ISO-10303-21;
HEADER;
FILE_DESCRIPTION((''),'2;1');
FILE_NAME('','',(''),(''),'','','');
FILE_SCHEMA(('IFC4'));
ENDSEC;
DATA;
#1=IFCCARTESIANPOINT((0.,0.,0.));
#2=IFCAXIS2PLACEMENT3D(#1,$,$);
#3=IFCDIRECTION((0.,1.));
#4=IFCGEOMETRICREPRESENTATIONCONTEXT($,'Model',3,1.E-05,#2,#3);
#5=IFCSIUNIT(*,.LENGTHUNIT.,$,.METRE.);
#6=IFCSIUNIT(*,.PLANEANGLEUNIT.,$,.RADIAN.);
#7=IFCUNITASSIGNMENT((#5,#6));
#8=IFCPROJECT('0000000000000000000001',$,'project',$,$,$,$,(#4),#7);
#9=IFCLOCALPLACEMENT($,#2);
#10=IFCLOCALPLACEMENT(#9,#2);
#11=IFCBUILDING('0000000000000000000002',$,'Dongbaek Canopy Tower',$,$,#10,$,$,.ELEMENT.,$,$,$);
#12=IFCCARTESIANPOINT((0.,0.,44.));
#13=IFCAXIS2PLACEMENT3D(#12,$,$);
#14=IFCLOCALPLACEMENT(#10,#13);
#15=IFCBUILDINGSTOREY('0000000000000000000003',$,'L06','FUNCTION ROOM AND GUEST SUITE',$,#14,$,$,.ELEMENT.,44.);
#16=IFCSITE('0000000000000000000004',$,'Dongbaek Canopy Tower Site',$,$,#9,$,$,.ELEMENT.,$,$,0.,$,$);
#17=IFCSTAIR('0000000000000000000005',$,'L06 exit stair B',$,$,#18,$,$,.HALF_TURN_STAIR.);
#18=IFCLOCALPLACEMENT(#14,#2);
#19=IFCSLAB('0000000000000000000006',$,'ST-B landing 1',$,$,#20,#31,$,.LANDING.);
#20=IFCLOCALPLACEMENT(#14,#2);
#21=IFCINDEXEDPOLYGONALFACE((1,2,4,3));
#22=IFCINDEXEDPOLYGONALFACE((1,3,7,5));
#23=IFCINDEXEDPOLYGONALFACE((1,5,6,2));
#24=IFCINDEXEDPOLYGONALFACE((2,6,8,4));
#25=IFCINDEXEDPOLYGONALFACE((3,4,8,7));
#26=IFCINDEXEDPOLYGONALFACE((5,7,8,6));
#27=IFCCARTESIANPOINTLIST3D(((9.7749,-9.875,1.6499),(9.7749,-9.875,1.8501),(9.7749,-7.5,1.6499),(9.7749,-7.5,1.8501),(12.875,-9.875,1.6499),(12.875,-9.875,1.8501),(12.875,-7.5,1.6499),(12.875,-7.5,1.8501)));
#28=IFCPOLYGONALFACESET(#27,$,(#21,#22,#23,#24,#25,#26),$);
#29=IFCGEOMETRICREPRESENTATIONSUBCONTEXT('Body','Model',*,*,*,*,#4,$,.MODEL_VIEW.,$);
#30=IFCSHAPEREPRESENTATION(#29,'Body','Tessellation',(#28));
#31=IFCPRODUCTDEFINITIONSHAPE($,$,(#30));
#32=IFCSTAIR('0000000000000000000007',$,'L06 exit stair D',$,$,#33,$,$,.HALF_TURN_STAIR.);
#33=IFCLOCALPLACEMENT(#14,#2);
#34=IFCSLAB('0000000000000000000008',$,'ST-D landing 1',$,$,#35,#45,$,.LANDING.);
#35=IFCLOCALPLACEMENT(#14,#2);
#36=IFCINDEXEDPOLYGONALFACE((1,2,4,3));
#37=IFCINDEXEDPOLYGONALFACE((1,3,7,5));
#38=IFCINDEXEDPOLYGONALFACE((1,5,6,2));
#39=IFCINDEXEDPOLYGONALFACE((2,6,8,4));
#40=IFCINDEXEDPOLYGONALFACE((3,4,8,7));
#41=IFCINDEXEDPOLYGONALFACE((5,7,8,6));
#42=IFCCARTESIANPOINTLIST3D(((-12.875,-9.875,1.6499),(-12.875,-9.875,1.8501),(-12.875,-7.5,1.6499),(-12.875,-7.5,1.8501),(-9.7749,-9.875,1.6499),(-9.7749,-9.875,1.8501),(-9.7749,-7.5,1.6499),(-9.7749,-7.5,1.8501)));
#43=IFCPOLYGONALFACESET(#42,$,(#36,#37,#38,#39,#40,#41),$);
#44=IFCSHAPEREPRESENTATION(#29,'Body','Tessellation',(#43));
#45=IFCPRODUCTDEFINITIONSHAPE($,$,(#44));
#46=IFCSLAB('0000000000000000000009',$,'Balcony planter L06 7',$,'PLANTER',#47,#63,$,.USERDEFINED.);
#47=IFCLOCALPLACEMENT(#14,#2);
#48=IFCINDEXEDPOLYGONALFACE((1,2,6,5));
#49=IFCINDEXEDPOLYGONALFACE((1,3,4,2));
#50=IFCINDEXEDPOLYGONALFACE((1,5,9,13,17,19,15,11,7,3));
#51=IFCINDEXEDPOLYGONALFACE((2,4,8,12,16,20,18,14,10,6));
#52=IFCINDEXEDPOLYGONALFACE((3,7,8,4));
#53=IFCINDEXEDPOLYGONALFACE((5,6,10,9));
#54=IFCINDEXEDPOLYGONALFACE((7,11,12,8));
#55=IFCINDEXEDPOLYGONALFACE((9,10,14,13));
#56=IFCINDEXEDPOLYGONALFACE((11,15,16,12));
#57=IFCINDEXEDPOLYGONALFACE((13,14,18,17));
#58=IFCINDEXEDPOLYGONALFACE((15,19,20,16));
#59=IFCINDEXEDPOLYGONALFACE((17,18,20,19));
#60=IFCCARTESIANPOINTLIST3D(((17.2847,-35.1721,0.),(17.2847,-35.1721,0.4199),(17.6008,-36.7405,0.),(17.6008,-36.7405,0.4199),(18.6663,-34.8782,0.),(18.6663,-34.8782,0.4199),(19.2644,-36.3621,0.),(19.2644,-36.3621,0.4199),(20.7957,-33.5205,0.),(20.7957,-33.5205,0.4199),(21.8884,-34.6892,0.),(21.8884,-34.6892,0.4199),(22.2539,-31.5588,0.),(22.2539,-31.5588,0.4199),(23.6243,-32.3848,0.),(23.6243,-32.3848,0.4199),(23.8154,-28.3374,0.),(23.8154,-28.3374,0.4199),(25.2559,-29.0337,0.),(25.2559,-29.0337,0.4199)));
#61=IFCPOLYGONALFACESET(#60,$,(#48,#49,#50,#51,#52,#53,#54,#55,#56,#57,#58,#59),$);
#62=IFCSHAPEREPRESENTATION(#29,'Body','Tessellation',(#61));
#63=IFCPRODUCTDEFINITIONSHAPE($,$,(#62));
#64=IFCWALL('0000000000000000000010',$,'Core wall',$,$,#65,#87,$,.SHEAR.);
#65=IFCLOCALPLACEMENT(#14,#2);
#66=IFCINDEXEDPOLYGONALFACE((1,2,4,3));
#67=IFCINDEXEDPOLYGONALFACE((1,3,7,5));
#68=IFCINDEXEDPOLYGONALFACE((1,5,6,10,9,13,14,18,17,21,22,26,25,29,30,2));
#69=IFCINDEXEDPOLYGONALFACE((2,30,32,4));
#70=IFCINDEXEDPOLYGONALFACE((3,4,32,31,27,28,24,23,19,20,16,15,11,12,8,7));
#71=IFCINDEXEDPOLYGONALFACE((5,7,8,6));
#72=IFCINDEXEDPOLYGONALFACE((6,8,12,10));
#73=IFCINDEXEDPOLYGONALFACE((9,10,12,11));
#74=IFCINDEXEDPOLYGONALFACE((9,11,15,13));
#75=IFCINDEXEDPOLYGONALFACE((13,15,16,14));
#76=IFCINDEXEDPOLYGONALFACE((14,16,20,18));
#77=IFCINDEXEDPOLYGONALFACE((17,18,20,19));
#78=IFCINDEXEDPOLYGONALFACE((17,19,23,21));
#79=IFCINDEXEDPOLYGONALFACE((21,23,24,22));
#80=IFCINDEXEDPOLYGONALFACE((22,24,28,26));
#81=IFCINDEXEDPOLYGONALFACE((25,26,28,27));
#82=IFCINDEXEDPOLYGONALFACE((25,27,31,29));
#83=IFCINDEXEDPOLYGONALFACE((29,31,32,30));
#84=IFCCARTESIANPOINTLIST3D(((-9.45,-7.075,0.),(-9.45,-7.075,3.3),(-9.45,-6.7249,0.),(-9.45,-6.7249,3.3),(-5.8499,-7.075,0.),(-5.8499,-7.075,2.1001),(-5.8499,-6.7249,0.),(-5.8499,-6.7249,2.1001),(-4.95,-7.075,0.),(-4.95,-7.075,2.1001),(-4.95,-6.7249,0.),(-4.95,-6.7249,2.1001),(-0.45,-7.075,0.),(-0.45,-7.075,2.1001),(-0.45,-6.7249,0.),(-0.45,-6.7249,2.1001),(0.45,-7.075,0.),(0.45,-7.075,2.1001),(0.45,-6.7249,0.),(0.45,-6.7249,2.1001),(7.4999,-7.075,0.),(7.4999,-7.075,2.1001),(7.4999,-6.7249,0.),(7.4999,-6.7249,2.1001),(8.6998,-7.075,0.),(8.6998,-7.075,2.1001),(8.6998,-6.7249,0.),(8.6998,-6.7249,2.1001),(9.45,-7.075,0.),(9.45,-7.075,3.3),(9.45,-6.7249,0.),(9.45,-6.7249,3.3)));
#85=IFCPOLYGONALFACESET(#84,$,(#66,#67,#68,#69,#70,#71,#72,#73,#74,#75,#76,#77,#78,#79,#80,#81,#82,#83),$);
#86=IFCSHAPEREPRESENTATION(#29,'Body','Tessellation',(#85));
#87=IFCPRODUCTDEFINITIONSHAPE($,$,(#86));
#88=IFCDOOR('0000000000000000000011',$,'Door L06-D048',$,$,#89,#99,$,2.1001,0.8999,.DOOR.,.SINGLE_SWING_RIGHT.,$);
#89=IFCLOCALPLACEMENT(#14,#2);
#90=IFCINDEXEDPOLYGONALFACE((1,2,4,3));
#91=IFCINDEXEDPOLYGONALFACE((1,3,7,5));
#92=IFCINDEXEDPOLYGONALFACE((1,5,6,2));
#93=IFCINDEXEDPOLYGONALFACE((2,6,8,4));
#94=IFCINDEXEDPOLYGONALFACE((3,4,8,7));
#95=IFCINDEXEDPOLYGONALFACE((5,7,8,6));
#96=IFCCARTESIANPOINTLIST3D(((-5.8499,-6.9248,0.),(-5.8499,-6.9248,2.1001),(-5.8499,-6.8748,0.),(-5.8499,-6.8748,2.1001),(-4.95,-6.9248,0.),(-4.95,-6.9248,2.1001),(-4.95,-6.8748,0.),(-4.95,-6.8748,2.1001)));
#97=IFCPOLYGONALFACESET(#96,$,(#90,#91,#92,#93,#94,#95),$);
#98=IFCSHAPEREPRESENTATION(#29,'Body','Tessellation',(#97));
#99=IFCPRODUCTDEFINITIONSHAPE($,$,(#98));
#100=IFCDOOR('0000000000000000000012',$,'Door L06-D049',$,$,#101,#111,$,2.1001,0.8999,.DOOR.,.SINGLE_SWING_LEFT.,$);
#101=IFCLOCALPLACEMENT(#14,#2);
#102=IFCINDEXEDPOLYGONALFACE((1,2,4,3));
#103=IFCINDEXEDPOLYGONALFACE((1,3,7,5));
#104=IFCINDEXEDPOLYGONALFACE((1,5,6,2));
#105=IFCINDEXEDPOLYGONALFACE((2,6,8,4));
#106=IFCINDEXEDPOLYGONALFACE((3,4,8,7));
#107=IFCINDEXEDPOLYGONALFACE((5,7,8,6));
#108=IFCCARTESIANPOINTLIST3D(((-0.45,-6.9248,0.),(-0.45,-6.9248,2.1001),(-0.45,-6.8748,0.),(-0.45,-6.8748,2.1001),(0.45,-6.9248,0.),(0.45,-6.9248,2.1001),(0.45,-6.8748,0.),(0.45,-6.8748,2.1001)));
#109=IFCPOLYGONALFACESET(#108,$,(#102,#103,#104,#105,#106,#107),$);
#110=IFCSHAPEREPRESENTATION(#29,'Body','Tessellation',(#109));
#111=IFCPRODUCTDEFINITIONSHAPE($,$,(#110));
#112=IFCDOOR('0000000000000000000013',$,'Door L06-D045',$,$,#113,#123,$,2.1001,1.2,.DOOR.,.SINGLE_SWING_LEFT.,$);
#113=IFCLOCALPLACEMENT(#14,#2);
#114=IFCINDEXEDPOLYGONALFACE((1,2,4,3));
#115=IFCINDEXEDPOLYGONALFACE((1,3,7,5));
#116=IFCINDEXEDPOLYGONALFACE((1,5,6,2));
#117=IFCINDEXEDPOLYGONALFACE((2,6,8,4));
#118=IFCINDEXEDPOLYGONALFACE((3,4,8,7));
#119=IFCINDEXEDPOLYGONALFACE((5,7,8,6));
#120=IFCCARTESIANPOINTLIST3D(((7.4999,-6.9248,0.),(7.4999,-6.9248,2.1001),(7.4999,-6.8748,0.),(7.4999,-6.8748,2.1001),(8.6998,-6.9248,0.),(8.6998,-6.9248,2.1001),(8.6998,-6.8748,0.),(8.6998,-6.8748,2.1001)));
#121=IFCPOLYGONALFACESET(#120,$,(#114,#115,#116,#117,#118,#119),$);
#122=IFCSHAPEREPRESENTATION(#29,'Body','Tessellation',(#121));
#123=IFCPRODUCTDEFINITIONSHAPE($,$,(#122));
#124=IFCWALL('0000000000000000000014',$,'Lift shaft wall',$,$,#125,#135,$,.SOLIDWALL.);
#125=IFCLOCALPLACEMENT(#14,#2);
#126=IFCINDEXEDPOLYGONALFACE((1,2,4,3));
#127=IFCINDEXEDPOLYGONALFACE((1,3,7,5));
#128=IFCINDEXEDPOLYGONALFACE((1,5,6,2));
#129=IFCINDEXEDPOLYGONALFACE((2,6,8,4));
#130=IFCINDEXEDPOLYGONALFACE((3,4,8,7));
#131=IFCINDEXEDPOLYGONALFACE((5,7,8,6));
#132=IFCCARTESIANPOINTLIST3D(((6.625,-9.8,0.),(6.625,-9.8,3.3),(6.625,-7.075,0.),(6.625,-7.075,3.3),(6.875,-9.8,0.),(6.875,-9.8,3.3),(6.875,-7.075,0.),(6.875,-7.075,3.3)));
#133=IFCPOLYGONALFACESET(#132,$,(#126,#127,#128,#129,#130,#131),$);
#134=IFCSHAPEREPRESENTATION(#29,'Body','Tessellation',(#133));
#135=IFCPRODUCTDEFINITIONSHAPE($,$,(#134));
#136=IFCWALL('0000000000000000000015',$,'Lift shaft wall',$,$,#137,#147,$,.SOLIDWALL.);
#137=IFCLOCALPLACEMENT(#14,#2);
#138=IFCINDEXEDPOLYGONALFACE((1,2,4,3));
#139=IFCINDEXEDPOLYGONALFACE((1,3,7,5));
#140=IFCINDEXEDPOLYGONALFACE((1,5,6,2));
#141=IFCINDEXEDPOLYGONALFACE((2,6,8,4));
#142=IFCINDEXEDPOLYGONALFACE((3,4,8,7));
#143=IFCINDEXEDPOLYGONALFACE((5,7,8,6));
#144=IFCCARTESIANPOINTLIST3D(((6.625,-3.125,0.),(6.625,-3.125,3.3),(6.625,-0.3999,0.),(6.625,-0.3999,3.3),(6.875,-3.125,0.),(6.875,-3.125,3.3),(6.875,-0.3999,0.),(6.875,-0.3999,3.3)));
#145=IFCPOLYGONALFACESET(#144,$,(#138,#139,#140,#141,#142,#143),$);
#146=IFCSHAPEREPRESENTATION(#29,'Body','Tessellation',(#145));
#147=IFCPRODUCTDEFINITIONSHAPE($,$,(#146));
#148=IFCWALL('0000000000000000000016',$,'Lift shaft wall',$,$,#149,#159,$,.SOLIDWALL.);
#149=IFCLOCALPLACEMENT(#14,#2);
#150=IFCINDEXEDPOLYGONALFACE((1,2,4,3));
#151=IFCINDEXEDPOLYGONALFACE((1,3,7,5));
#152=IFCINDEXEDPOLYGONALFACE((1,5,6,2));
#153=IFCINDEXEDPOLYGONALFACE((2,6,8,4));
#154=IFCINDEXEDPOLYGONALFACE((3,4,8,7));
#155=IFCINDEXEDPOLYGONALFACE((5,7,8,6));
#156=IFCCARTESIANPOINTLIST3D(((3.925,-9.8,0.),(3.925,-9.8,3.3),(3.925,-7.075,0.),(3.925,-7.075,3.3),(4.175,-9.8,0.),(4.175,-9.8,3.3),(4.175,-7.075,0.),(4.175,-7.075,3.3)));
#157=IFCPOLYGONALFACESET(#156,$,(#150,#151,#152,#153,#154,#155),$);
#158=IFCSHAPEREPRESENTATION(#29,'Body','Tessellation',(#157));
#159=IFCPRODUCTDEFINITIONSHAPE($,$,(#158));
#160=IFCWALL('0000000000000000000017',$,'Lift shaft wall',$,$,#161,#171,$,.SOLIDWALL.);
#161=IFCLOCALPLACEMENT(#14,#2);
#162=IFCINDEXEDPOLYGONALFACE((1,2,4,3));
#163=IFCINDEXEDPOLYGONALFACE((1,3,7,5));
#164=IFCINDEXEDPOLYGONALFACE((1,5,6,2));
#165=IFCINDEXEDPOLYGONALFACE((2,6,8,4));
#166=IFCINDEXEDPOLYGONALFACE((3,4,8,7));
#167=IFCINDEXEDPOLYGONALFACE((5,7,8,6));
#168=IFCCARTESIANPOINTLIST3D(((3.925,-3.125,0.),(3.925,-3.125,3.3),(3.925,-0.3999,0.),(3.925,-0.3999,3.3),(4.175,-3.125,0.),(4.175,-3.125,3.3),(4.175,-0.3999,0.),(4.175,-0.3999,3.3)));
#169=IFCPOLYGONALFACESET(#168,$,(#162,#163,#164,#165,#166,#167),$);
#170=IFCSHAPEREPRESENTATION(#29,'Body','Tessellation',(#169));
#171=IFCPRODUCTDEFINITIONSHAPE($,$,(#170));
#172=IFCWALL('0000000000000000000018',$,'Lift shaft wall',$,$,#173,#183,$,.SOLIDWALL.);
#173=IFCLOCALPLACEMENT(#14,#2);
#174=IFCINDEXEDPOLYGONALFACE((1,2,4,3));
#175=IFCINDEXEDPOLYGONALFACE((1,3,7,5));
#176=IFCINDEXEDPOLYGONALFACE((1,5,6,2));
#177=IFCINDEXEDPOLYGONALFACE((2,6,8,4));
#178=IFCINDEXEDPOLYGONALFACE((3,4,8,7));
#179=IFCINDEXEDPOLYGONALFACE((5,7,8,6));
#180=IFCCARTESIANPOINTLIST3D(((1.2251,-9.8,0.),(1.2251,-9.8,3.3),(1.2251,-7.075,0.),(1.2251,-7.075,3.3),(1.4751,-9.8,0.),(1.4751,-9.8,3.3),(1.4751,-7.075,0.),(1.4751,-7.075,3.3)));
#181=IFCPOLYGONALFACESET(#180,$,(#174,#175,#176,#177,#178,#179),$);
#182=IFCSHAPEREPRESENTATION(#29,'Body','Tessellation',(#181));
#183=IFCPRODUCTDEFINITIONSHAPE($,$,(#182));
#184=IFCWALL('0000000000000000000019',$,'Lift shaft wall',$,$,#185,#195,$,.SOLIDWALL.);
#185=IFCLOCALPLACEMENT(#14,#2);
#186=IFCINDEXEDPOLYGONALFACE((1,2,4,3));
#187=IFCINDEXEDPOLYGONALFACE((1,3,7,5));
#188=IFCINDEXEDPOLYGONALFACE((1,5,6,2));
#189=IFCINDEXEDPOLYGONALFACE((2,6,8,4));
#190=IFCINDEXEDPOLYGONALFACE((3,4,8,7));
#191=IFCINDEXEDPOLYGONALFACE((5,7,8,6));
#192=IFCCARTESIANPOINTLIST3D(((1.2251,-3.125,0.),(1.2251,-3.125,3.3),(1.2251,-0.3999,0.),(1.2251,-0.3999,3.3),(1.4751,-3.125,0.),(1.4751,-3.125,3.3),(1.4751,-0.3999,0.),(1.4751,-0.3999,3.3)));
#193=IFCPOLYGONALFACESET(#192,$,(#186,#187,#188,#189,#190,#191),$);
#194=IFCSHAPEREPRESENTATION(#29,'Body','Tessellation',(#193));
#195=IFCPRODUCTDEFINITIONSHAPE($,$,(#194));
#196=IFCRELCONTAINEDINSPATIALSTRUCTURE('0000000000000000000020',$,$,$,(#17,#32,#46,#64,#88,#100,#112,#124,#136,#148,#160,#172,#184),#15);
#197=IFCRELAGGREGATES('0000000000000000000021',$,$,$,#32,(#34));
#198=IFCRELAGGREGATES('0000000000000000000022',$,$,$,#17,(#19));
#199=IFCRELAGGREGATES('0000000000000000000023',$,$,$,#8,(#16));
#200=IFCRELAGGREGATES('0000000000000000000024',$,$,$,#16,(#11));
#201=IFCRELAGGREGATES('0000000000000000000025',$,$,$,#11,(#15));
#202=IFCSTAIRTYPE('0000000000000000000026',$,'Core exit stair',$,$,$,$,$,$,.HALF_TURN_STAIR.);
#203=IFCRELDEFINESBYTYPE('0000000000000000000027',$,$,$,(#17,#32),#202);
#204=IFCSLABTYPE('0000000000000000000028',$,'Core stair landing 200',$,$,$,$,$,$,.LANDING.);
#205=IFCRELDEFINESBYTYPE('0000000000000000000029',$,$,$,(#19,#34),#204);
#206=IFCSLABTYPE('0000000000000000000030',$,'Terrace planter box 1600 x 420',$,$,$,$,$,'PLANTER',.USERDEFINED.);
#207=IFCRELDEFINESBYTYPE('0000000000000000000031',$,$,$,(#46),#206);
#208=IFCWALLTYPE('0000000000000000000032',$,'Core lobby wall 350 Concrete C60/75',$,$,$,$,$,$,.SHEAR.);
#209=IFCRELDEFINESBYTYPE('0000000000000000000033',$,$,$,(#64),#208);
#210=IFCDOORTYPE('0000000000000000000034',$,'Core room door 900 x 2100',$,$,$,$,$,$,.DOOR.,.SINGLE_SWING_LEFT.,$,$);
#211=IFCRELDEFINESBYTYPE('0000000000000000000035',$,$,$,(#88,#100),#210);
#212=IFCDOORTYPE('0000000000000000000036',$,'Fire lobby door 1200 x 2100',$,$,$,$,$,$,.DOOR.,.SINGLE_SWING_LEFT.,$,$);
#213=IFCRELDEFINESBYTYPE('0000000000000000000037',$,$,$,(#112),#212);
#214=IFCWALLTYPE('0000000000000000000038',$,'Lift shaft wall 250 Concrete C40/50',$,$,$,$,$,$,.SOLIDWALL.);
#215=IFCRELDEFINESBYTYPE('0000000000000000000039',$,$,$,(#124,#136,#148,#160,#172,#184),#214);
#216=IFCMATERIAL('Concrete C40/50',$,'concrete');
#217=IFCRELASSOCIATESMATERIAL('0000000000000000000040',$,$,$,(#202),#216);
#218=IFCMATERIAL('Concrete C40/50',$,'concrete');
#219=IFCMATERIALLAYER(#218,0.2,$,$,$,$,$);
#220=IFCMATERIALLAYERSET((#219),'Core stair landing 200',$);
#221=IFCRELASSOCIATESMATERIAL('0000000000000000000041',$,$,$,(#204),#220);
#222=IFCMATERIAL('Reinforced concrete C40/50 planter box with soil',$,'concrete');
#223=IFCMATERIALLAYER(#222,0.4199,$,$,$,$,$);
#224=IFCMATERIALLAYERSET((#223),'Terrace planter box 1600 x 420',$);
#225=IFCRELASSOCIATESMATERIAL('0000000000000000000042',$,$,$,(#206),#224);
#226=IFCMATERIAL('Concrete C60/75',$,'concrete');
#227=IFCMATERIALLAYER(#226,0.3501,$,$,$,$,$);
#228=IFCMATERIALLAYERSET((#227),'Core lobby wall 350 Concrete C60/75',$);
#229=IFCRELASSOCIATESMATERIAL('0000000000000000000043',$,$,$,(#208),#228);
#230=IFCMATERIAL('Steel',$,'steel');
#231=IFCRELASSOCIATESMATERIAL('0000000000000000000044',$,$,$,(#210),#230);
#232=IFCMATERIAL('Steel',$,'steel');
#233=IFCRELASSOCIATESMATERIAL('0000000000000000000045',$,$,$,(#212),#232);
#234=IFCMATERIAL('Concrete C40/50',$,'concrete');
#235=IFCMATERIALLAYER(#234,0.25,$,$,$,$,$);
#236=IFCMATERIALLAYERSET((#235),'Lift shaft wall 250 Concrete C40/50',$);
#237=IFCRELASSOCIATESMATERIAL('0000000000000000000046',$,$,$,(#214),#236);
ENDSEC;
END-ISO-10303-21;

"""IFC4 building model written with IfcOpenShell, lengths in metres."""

from ifc_helpers import new_model, si_unit, direction, frame, frame_2d, origin, place, context, subcontext, project, spatial, polyline, rectangle, outline, extrude, material, layer, layer_set, type_object, element, fill, aggregate, save


model = new_model("IFC4")

# Units and contexts
model_context = context("Model", 3, precision=1e-05, world=origin(), true_north=direction((0.0, 1.0)))
body_context = subcontext(model_context, "Body", "Model", "MODEL_VIEW")
ifc_project = project(units=[si_unit("LENGTHUNIT", "METRE"), si_unit("PLANEANGLEUNIT", "RADIAN")], contexts=[model_context])

# Site, building, storey
site_placement = place(None, origin())
site = spatial("IfcSite", under=ifc_project, at=site_placement, Name="Dongbaek Canopy Tower Site", CompositionType="ELEMENT", RefElevation=0.0)
building_placement = place(site_placement, origin())
building = spatial("IfcBuilding", under=site, at=building_placement, Name="Dongbaek Canopy Tower", CompositionType="ELEMENT")
storey_placement = place(building_placement, frame((0.0, 0.0, 44.0)))
storey = spatial("IfcBuildingStorey", under=building, at=storey_placement, Name="L06", Description="FUNCTION ROOM AND GUEST SUITE", CompositionType="ELEMENT", Elevation=44.0)

# Stairs, slabs
ifc_material_1 = material(Name="Concrete C40/50", Category="concrete")
stair_type = type_object("IfcStairType", Name="Core exit stair", PredefinedType="HALF_TURN_STAIR", material=ifc_material_1)
ifc_material_2 = material(Name="Concrete C40/50", Category="concrete")
ifc_layer_1 = layer(ifc_material_2, 0.2)
ifc_layer_set_1 = layer_set([ifc_layer_1], Name="Core stair landing 200")
slab_type_1 = type_object("IfcSlabType", Name="Core stair landing 200", PredefinedType="LANDING", material=ifc_layer_set_1)
stair_1_placement = place(storey_placement, origin())
stair_1 = element("IfcStair", 1, at=stair_1_placement, inside=storey, type_object=stair_type, Name="L06 exit stair B", PredefinedType="HALF_TURN_STAIR")
slab_1_placement = place(storey_placement, frame((0.0, 0.0, 1.6499)))
slab_1 = element("IfcSlab", 2, at=slab_1_placement, type_object=slab_type_1, Name="ST-B landing 1", PredefinedType="LANDING", context=body_context, shape_type="SweptSolid", body=[
    extrude(outline(polyline([(9.7749, -7.5), (9.7749, -9.875), (12.875, -9.875), (12.875, -7.5), (9.7749, -7.5)])), origin(), (0.0, 0.0, 1.0), 0.2002),
])
stair_2_placement = place(storey_placement, origin())
stair_2 = element("IfcStair", 3, at=stair_2_placement, inside=storey, type_object=stair_type, Name="L06 exit stair D", PredefinedType="HALF_TURN_STAIR")
slab_2_placement = place(storey_placement, frame((0.0, 0.0, 1.6499)))
slab_2 = element("IfcSlab", 4, at=slab_2_placement, type_object=slab_type_1, Name="ST-D landing 1", PredefinedType="LANDING", context=body_context, shape_type="SweptSolid", body=[
    extrude(outline(polyline([(-12.875, -7.5), (-12.875, -9.875), (-9.7749, -9.875), (-9.7749, -7.5), (-12.875, -7.5)])), origin(), (0.0, 0.0, 1.0), 0.2002),
])
aggregate(stair_2, [slab_2])

# Slab
ifc_material_3 = material(Name="Reinforced concrete C40/50 planter box with soil", Category="concrete")
ifc_layer_2 = layer(ifc_material_3, 0.4199)
ifc_layer_set_2 = layer_set([ifc_layer_2], Name="Terrace planter box 1600 x 420")
slab_type_2 = type_object("IfcSlabType", Name="Terrace planter box 1600 x 420", ElementType="PLANTER", PredefinedType="USERDEFINED", material=ifc_layer_set_2)
slab_3_placement = place(storey_placement, origin())
element("IfcSlab", 5, at=slab_3_placement, inside=storey, type_object=slab_type_2, Name="Balcony planter L06 7", ObjectType="PLANTER", PredefinedType="USERDEFINED", context=body_context, shape_type="SweptSolid", body=[
    extrude(outline(polyline([(17.2847, -35.1721), (18.6663, -34.8782), (20.7957, -33.5205), (22.2539, -31.5588), (23.8154, -28.3374), (25.2559, -29.0337), (23.6243, -32.3848), (21.8884, -34.6892), (19.2644, -36.3621), (17.6008, -36.7405), (17.2847, -35.1721)])), origin(), (0.0, 0.0, 1.0), 0.4199),
])

# Wall, openings, doors
ifc_material_4 = material(Name="Concrete C60/75", Category="concrete")
ifc_layer_3 = layer(ifc_material_4, 0.3501)
ifc_layer_set_3 = layer_set([ifc_layer_3], Name="Core lobby wall 350 Concrete C60/75")
wall_type_1 = type_object("IfcWallType", Name="Core lobby wall 350 Concrete C60/75", PredefinedType="SHEAR", material=ifc_layer_set_3)
wall_1_placement = place(storey_placement, frame((9.45, -6.8999, 0.0), z_axis=(0.0, 0.0, 1.0), x_axis=(-1.0, 0.0, 0.0)))
wall_1 = element("IfcWall", 6, at=wall_1_placement, inside=storey, type_object=wall_type_1, Name="Core wall", PredefinedType="SHEAR", context=body_context, shape_type="SweptSolid", body=[
    extrude(rectangle(XDim=18.8999, YDim=0.3501, at=frame_2d((9.45, 0.0))), origin(), (0.0, 0.0, 1.0), 3.3),
])
opening_1_placement = place(wall_1_placement, frame((0.75, 0.0, 0.0)))
opening_1 = element("IfcOpeningElement", 7, at=opening_1_placement, cuts=wall_1, PredefinedType="OPENING", context=body_context, shape_type="SweptSolid", body=[
    extrude(rectangle(XDim=1.2, YDim=2.1001, at=frame_2d((0.6001, 1.05))), frame((0.0, 0.1851, 0.0), z_axis=(0.0, -1.0, 0.0), x_axis=(1.0, 0.0, 0.0)), (0.0, 0.0, 1.0), 0.3701),
])
opening_2_placement = place(wall_1_placement, frame((14.3999, 0.0, 0.0)))
opening_2 = element("IfcOpeningElement", 8, at=opening_2_placement, cuts=wall_1, PredefinedType="OPENING", context=body_context, shape_type="SweptSolid", body=[
    extrude(rectangle(XDim=0.8999, YDim=2.1001, at=frame_2d((0.45, 1.05))), frame((0.0, 0.1851, 0.0), z_axis=(0.0, -1.0, 0.0), x_axis=(1.0, 0.0, 0.0)), (0.0, 0.0, 1.0), 0.3701),
])
opening_3_placement = place(wall_1_placement, frame((9.0, 0.0, 0.0)))
opening_3 = element("IfcOpeningElement", 9, at=opening_3_placement, cuts=wall_1, PredefinedType="OPENING", context=body_context, shape_type="SweptSolid", body=[
    extrude(rectangle(XDim=0.8999, YDim=2.1001, at=frame_2d((0.45, 1.05))), frame((0.0, 0.1851, 0.0), z_axis=(0.0, -1.0, 0.0), x_axis=(1.0, 0.0, 0.0)), (0.0, 0.0, 1.0), 0.3701),
])
ifc_material_5 = material(Name="Steel", Category="steel")
door_type_1 = type_object("IfcDoorType", Name="Core room door 900 x 2100", OperationType="SINGLE_SWING_LEFT", PredefinedType="DOOR", material=ifc_material_5)
door_1_placement = place(opening_2_placement, origin())
door_1 = element("IfcDoor", 10, at=door_1_placement, inside=storey, type_object=door_type_1, Name="Door L06-D048", OperationType="SINGLE_SWING_RIGHT", OverallHeight=2.1001, OverallWidth=0.8999, PredefinedType="DOOR", context=body_context, shape_type="SweptSolid", body=[
    extrude(rectangle(XDim=0.8999, YDim=2.1001, at=frame_2d((0.45, 1.05))), frame((0.0, 0.0249, 0.0), z_axis=(0.0, -1.0, 0.0), x_axis=(1.0, 0.0, 0.0)), (0.0, 0.0, 1.0), 0.05),
])
fill(opening_2, door_1)
door_2_placement = place(opening_3_placement, origin())
door_2 = element("IfcDoor", 11, at=door_2_placement, inside=storey, type_object=door_type_1, Name="Door L06-D049", OperationType="SINGLE_SWING_LEFT", OverallHeight=2.1001, OverallWidth=0.8999, PredefinedType="DOOR", context=body_context, shape_type="SweptSolid", body=[
    extrude(rectangle(XDim=0.8999, YDim=2.1001, at=frame_2d((0.45, 1.05))), frame((0.0, 0.0249, 0.0), z_axis=(0.0, -1.0, 0.0), x_axis=(1.0, 0.0, 0.0)), (0.0, 0.0, 1.0), 0.05),
])
fill(opening_3, door_2)
ifc_material_6 = material(Name="Steel", Category="steel")
door_type_2 = type_object("IfcDoorType", Name="Fire lobby door 1200 x 2100", OperationType="SINGLE_SWING_LEFT", PredefinedType="DOOR", material=ifc_material_6)
door_3_placement = place(opening_1_placement, origin())
door_3 = element("IfcDoor", 12, at=door_3_placement, inside=storey, type_object=door_type_2, Name="Door L06-D045", OperationType="SINGLE_SWING_LEFT", OverallHeight=2.1001, OverallWidth=1.2, PredefinedType="DOOR", context=body_context, shape_type="SweptSolid", body=[
    extrude(rectangle(XDim=1.2, YDim=2.1001, at=frame_2d((0.6001, 1.05))), frame((0.0, 0.0249, 0.0), z_axis=(0.0, -1.0, 0.0), x_axis=(1.0, 0.0, 0.0)), (0.0, 0.0, 1.0), 0.05),
])
fill(opening_1, door_3)

# Walls
ifc_material_7 = material(Name="Concrete C40/50", Category="concrete")
ifc_layer_4 = layer(ifc_material_7, 0.25)
ifc_layer_set_4 = layer_set([ifc_layer_4], Name="Lift shaft wall 250 Concrete C40/50")
wall_type_2 = type_object("IfcWallType", Name="Lift shaft wall 250 Concrete C40/50", PredefinedType="SOLIDWALL", material=ifc_layer_set_4)
for number, where, z_axis, x_axis, name in (
    (13, (6.75, -9.8, 0.0), (0.0, 0.0, 1.0), (0.0, 1.0, 0.0), "Lift shaft wall"),
    (14, (6.75, -3.125, 0.0), (0.0, 0.0, 1.0), (0.0, 1.0, 0.0), "Lift shaft wall"),
    (15, (4.05, -9.8, 0.0), (0.0, 0.0, 1.0), (0.0, 1.0, 0.0), "Lift shaft wall"),
    (16, (4.05, -3.125, 0.0), (0.0, 0.0, 1.0), (0.0, 1.0, 0.0), "Lift shaft wall"),
    (17, (1.3501, -9.8, 0.0), (0.0, 0.0, 1.0), (0.0, 1.0, 0.0), "Lift shaft wall"),
    (18, (1.3501, -3.125, 0.0), (0.0, 0.0, 1.0), (0.0, 1.0, 0.0), "Lift shaft wall"),
):
    element("IfcWall", number, at=place(storey_placement, frame(where, z_axis=z_axis, x_axis=x_axis)), inside=storey, type_object=wall_type_2, Name=name, PredefinedType="SOLIDWALL", context=body_context, shape_type="SweptSolid", body=[
        extrude(rectangle(XDim=2.7251, YDim=0.25, at=frame_2d((1.3625, 0.0))), origin(), (0.0, 0.0, 1.0), 3.3),
    ])

aggregate(stair_1, [slab_1])

save(model, "model.ifc")
